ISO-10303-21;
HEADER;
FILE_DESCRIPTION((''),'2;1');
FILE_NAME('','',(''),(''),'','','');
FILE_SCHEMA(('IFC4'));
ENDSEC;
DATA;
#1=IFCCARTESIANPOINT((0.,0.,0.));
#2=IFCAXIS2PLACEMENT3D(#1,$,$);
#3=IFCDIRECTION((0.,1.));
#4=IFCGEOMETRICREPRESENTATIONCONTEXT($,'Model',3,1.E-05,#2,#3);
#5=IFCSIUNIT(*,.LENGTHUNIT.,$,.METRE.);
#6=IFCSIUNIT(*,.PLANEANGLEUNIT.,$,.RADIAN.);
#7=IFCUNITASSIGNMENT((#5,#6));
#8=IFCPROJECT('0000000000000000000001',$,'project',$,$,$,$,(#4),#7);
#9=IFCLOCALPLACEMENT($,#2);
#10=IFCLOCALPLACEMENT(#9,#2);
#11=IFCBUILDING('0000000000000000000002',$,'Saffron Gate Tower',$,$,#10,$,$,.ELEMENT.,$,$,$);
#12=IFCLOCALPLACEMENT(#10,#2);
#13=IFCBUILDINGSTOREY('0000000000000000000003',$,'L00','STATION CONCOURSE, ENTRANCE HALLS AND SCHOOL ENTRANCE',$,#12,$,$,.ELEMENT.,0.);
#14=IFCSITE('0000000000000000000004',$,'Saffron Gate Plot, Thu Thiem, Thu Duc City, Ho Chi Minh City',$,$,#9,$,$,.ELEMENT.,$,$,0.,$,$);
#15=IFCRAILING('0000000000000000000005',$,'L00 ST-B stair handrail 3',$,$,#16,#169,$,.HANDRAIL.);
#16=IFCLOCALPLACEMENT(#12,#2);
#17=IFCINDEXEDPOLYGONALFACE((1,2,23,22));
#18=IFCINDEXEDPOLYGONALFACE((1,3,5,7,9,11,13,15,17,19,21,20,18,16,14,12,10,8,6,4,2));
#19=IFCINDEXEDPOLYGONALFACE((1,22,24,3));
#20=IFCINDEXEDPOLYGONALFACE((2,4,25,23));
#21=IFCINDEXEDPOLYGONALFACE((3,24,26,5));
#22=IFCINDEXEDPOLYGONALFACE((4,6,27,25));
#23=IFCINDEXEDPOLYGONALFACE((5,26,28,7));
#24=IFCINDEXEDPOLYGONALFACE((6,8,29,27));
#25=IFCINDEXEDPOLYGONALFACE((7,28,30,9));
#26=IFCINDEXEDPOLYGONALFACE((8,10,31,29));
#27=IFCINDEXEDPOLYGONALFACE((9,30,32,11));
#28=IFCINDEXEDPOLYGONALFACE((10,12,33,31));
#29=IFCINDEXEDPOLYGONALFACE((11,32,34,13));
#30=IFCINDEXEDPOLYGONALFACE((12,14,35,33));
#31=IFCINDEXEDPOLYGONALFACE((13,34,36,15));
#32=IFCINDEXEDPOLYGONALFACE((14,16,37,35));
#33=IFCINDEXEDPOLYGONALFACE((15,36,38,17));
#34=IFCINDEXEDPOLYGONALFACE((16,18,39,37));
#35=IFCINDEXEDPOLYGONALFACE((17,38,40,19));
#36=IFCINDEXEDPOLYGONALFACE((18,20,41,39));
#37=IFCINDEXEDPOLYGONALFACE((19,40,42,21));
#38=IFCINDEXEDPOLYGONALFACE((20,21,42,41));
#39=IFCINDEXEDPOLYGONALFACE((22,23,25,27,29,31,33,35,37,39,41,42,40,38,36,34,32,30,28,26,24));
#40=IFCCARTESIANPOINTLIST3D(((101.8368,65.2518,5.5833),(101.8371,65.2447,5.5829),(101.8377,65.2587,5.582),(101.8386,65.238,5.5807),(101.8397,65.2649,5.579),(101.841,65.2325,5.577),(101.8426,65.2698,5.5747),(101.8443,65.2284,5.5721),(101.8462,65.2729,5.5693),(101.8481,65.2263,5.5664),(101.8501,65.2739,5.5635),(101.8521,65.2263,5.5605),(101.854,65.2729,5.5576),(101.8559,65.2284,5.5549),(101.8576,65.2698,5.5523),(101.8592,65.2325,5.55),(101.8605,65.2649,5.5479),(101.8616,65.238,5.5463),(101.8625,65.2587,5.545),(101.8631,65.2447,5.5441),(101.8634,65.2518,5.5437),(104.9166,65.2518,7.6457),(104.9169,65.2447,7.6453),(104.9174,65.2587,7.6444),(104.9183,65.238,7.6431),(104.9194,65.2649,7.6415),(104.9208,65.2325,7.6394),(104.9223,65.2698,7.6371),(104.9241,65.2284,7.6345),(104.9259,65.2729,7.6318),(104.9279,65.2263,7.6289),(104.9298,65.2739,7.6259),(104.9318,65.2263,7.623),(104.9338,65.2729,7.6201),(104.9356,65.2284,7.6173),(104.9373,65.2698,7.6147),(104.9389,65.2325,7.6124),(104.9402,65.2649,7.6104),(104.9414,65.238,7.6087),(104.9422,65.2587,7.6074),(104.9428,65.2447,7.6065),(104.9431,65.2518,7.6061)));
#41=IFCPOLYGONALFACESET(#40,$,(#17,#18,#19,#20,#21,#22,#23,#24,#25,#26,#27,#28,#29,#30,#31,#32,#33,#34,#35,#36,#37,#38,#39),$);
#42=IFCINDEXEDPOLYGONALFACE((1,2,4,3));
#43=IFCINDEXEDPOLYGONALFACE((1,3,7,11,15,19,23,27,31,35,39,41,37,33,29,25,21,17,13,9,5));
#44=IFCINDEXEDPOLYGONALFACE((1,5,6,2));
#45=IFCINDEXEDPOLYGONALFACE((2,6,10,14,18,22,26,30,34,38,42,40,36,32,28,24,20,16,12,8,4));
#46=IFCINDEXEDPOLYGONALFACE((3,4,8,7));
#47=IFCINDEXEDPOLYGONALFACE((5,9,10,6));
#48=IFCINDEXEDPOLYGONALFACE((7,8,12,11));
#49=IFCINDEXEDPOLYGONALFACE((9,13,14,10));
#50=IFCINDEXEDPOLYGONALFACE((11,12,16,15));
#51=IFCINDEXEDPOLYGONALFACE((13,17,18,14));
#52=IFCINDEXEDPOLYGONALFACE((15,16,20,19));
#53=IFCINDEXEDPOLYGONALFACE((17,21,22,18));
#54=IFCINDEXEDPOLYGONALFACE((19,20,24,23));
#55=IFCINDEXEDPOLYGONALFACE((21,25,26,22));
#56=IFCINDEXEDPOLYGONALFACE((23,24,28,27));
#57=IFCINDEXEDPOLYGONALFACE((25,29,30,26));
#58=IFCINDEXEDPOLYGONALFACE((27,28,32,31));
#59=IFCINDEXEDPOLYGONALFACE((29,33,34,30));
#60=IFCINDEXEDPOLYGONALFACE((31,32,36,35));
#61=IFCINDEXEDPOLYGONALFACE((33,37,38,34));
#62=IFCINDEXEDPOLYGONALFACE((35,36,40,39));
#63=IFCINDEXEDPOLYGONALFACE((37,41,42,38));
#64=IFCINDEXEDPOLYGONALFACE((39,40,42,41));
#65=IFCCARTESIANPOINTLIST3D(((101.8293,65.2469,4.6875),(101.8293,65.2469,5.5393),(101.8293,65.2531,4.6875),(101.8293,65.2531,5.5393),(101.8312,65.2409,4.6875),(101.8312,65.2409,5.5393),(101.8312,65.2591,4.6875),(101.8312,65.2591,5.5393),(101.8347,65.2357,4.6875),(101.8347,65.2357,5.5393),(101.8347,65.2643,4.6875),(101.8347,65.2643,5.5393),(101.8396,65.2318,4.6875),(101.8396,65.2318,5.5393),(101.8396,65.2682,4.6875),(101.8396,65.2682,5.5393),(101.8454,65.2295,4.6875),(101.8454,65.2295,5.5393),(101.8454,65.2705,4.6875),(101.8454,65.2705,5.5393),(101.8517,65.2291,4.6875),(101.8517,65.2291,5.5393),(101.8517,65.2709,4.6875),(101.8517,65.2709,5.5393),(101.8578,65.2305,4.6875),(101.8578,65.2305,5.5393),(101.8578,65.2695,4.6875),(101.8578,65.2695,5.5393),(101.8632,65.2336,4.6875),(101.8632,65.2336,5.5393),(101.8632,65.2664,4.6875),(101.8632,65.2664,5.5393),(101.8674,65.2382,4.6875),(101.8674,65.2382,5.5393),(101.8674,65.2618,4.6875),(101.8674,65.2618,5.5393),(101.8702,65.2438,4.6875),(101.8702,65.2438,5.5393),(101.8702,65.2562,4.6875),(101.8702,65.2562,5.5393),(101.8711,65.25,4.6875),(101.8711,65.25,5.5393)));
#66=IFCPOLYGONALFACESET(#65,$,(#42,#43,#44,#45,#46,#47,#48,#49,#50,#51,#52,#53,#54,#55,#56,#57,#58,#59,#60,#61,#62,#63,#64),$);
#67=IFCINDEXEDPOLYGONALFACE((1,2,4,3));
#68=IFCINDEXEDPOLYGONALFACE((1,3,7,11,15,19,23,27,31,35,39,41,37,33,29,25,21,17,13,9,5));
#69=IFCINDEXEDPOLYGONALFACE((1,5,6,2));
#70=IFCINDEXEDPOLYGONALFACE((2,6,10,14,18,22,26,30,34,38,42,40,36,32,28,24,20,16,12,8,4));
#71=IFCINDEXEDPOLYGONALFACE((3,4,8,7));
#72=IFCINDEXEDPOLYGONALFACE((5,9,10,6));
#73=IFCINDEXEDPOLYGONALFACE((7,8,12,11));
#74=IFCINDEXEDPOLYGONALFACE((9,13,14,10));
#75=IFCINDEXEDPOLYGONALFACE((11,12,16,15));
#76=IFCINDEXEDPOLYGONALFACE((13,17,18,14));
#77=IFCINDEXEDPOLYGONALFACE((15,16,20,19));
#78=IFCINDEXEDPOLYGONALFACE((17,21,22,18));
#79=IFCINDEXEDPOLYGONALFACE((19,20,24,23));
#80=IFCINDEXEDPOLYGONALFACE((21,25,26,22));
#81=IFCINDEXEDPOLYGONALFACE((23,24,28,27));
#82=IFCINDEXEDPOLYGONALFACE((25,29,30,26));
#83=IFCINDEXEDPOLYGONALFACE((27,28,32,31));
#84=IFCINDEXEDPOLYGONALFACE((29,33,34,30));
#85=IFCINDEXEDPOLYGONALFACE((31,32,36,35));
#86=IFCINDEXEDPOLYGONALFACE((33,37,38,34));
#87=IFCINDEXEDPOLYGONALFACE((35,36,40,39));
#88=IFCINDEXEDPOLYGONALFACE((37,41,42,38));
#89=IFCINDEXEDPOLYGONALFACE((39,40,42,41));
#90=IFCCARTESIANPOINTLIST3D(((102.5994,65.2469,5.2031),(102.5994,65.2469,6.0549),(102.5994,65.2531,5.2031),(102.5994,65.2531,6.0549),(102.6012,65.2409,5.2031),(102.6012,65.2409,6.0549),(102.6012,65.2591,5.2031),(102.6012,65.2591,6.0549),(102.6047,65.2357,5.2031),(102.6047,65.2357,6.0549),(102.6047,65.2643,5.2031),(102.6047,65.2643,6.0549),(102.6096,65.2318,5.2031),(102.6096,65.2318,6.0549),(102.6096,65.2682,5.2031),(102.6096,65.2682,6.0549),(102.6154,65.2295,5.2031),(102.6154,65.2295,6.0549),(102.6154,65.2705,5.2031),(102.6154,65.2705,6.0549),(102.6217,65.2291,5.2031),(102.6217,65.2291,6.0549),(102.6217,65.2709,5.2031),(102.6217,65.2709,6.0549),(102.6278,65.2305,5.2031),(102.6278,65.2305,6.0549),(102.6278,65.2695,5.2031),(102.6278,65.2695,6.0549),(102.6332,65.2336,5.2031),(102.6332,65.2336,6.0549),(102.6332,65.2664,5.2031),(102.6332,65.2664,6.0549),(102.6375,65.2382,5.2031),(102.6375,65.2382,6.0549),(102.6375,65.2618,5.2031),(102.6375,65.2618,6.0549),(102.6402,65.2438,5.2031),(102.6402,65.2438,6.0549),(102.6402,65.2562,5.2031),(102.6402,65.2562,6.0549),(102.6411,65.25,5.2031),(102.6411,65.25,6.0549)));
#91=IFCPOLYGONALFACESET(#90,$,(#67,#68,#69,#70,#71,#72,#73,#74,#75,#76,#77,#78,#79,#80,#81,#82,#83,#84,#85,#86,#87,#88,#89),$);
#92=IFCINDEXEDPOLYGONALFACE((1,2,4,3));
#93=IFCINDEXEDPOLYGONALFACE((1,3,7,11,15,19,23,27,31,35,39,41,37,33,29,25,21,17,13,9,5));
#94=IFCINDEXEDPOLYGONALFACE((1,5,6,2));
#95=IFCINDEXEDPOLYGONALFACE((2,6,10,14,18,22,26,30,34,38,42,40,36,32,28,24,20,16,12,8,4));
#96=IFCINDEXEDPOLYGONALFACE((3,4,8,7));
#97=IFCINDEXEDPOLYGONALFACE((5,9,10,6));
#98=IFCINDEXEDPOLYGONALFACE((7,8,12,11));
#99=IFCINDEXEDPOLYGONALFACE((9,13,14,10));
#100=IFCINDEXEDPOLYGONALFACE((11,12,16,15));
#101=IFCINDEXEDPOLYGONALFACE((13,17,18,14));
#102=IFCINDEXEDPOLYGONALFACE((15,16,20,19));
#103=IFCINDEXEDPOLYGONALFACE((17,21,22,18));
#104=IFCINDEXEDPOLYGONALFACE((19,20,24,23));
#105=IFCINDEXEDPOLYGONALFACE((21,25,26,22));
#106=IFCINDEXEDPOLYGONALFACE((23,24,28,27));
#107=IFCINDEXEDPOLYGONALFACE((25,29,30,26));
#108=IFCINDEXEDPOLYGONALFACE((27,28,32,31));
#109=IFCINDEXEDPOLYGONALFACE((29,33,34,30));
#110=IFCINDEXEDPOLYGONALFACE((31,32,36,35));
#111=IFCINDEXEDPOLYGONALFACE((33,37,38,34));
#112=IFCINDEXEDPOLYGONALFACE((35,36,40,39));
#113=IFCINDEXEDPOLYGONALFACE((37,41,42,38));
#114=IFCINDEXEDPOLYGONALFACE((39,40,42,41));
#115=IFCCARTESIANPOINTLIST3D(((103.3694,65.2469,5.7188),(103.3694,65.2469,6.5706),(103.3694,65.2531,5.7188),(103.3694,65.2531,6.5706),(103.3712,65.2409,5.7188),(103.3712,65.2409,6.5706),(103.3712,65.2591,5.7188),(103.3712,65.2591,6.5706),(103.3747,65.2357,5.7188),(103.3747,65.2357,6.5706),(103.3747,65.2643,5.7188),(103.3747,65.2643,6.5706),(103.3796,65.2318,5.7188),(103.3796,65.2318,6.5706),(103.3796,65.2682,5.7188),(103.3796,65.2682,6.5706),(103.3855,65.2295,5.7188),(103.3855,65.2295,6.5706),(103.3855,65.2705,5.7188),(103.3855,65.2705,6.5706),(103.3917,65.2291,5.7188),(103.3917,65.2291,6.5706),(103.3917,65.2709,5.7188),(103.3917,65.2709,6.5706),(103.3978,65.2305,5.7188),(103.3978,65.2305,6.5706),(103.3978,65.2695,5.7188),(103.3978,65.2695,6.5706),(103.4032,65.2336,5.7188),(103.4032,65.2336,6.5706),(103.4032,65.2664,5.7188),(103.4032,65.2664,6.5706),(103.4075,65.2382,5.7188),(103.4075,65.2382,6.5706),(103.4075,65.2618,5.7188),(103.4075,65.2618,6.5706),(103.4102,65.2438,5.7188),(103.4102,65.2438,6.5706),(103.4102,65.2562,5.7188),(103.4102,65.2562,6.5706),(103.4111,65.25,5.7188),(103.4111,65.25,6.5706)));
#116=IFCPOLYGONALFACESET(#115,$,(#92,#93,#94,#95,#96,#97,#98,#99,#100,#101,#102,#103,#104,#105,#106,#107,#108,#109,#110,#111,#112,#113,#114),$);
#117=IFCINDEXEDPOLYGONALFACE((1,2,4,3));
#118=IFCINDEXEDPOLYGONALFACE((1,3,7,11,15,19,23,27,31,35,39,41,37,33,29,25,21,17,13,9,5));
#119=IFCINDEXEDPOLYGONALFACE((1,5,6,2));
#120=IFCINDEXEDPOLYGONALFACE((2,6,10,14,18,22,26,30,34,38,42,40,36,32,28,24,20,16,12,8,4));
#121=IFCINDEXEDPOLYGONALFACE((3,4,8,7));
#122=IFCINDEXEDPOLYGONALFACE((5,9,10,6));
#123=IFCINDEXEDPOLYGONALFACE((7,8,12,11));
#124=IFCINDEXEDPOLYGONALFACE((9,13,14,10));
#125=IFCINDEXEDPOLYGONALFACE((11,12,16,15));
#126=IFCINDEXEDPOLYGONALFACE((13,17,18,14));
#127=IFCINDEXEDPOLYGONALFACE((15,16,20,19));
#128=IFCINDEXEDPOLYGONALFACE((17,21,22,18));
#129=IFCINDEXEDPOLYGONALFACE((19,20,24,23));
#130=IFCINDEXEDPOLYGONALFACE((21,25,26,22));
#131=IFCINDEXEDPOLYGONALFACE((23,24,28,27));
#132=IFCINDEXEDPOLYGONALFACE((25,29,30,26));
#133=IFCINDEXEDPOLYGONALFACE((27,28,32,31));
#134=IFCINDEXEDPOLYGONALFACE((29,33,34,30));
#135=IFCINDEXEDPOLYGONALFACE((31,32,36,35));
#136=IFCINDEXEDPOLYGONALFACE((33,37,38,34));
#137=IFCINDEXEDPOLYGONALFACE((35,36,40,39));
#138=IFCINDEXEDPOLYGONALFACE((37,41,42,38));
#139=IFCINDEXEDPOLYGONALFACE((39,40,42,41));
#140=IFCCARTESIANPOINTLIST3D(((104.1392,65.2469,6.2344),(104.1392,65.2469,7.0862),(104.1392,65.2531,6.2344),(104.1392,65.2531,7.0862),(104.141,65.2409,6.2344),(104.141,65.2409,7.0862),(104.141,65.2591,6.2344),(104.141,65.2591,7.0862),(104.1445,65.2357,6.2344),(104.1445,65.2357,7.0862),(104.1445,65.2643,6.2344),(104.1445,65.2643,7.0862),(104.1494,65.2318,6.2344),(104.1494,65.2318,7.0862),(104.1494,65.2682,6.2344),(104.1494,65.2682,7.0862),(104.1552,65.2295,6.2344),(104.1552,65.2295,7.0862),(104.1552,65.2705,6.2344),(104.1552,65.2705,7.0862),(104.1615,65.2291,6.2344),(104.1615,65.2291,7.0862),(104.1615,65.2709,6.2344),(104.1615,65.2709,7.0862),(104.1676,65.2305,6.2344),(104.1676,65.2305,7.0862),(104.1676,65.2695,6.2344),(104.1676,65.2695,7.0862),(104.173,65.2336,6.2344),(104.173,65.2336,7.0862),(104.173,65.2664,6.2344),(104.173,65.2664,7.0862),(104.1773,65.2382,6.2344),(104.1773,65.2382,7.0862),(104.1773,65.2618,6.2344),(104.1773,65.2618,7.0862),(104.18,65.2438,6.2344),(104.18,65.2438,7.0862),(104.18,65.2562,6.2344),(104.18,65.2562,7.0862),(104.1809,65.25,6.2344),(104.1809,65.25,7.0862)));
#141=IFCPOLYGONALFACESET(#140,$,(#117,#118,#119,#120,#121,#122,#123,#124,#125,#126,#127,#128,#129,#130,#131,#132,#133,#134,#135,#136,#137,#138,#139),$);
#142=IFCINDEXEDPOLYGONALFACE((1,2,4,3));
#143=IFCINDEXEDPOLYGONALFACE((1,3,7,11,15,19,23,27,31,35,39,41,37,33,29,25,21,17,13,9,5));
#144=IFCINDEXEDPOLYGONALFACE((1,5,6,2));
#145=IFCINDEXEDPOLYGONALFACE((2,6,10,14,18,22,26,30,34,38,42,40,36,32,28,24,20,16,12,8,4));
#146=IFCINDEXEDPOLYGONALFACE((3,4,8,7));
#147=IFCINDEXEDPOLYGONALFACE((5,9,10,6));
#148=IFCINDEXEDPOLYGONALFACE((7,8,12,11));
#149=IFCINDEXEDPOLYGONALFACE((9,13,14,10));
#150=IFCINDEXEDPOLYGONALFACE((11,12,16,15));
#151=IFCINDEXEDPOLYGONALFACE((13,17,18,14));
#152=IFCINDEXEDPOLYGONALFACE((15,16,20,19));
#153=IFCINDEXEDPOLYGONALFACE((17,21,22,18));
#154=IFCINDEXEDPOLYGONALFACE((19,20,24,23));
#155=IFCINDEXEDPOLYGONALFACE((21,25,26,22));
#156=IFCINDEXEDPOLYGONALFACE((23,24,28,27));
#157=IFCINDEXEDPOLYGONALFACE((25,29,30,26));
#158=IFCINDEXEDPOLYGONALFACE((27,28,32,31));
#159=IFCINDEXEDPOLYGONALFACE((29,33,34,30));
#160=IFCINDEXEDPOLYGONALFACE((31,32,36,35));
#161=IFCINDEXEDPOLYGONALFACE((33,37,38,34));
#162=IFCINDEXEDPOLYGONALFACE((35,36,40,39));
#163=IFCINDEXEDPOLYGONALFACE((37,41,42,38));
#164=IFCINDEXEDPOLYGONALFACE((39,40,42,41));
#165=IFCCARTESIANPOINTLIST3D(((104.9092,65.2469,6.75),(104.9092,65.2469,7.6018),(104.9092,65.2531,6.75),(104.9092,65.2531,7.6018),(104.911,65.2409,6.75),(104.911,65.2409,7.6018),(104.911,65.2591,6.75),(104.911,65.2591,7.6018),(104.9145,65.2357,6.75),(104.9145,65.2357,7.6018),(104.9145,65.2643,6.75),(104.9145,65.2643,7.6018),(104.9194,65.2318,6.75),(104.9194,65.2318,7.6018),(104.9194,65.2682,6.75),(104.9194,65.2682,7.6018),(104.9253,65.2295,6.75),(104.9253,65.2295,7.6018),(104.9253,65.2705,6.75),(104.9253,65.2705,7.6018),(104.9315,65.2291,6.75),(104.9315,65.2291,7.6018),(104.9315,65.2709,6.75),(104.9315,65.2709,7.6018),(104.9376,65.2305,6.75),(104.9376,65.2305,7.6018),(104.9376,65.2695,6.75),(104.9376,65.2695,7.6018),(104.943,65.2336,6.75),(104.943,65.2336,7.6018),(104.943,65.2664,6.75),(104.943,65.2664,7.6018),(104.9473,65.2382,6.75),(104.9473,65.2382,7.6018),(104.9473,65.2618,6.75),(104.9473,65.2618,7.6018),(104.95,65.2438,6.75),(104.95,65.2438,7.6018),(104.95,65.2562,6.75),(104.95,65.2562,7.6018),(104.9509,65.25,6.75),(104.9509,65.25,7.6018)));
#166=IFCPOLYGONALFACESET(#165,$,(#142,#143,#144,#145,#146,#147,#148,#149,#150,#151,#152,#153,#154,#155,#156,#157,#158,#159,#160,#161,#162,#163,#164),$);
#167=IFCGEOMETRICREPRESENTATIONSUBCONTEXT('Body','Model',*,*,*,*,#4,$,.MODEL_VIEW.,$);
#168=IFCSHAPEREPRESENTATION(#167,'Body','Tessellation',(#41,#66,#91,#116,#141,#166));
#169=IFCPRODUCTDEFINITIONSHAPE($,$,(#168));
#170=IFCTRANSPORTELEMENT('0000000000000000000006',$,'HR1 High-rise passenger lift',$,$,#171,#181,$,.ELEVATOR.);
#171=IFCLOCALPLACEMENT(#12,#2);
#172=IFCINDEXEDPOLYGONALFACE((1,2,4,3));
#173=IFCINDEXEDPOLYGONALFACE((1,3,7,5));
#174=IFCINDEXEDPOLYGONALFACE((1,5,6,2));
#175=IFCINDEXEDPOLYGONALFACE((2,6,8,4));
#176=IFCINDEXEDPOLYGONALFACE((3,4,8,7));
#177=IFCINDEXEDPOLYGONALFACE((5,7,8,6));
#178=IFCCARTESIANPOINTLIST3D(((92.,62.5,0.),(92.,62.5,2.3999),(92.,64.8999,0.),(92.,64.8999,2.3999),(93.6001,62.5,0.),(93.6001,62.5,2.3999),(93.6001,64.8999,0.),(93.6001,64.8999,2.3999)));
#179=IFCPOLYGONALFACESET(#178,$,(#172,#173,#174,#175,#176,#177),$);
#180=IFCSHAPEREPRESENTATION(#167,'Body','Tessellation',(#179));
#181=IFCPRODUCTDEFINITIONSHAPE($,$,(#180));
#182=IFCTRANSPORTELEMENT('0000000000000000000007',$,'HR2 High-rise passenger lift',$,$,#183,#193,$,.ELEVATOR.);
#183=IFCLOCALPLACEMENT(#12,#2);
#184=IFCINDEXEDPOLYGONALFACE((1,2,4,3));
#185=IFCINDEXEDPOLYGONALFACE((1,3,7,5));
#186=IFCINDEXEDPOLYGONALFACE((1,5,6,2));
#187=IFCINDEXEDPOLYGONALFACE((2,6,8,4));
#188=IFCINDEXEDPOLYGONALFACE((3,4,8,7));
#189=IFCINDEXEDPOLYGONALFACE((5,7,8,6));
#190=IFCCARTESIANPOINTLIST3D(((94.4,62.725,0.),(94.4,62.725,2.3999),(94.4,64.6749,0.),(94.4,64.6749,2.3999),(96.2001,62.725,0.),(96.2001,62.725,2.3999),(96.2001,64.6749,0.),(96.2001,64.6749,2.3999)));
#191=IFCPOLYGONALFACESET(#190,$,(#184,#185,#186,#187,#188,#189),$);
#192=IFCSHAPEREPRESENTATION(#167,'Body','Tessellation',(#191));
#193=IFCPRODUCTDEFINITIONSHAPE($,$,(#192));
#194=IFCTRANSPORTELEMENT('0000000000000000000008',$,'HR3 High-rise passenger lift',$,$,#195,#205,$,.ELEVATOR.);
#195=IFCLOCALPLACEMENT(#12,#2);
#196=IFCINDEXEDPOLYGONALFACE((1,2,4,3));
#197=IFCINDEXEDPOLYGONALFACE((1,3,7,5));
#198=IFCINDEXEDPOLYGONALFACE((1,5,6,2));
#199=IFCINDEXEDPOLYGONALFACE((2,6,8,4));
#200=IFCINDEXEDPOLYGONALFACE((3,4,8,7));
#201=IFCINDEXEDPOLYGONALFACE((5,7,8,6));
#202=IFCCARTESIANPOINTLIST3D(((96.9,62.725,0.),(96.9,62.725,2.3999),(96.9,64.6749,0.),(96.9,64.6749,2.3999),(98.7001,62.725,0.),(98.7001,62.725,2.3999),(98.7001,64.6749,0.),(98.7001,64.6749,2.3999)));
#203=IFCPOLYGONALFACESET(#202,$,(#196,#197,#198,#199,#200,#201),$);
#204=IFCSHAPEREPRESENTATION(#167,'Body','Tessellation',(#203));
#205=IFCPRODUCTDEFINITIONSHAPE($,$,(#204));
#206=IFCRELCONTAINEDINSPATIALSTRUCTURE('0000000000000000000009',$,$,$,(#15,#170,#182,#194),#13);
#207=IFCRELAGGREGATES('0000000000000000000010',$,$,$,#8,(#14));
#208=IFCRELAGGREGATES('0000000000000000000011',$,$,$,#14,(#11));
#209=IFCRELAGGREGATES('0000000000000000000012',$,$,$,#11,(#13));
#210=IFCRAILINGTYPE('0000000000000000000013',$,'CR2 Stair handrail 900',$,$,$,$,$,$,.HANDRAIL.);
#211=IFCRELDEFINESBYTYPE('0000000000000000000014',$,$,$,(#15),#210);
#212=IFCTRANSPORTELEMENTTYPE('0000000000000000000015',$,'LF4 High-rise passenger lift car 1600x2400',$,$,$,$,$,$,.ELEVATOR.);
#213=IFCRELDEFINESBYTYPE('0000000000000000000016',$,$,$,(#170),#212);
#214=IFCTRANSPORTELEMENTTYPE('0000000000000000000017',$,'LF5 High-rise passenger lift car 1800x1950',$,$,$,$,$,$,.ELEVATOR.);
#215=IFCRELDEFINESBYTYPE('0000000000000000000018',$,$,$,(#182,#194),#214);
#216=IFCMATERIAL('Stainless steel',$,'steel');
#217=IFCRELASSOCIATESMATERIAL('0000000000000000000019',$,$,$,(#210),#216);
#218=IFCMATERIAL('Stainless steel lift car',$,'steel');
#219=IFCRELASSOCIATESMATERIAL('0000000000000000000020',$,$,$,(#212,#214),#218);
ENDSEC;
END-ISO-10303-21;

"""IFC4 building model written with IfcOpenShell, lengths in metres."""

from ifc_helpers import new_model, si_unit, direction, frame, origin, origin_2d, place, context, subcontext, project, spatial, rectangle, circle, extrude, material, type_object, element, save


model = new_model("IFC4")

# Units and contexts
model_context = context("Model", 3, precision=1e-05, world=origin(), true_north=direction((0.0, 1.0)))
body_context = subcontext(model_context, "Body", "Model", "MODEL_VIEW")
ifc_project = project(units=[si_unit("LENGTHUNIT", "METRE"), si_unit("PLANEANGLEUNIT", "RADIAN")], contexts=[model_context])

# Site, building, storey
site_placement = place(None, origin())
site = spatial("IfcSite", under=ifc_project, at=site_placement, Name="Saffron Gate Plot, Thu Thiem, Thu Duc City, Ho Chi Minh City", CompositionType="ELEMENT", RefElevation=0.0)
building_placement = place(site_placement, origin())
building = spatial("IfcBuilding", under=site, at=building_placement, Name="Saffron Gate Tower", CompositionType="ELEMENT")
storey_placement = place(building_placement, origin())
storey = spatial("IfcBuildingStorey", under=building, at=storey_placement, Name="L00", Description="STATION CONCOURSE, ENTRANCE HALLS AND SCHOOL ENTRANCE", CompositionType="ELEMENT", Elevation=0.0)

# Railing
ifc_material_1 = material(Name="Stainless steel", Category="steel")
railing_type_1 = type_object("IfcRailingType", Name="CR2 Stair handrail 900", PredefinedType="HANDRAIL", material=ifc_material_1)
for number, where, name in (
    (1, (101.8501, 65.25, 4.6875), "L00 ST-B stair handrail 3"),
):
    element("IfcRailing", number, at=place(storey_placement, frame(where)), inside=storey, type_object=railing_type_1, Name=name, PredefinedType="HANDRAIL", context=body_context, shape_type="SweptSolid", body=[
        extrude(circle(Radius=0.0239, at=origin_2d()), frame((0.0, 0.0, 0.876), z_axis=(0.830893, 0.0, 0.556432), x_axis=(0.0, 1.0, 0.0)), (0.0, 0.0, 1.0), 3.7065),
        extrude(circle(Radius=0.021, at=origin_2d()), origin(), (0.0, 0.0, 1.0), 0.8518),
        extrude(circle(Radius=0.021, at=origin_2d()), frame((0.77, 0.0, 0.5156)), (0.0, 0.0, 1.0), 0.8518),
        extrude(circle(Radius=0.021, at=origin_2d()), frame((1.54, 0.0, 1.0312)), (0.0, 0.0, 1.0), 0.8518),
        extrude(circle(Radius=0.021, at=origin_2d()), frame((2.3098, 0.0, 1.5469)), (0.0, 0.0, 1.0), 0.8518),
        extrude(circle(Radius=0.021, at=origin_2d()), frame((3.0798, 0.0, 2.0625)), (0.0, 0.0, 1.0), 0.8518),
    ])

# Transport elements
ifc_material_2 = material(Name="Stainless steel lift car", Category="steel")
transport_element_type_1 = type_object("IfcTransportElementType", Name="LF4 High-rise passenger lift car 1600x2400", PredefinedType="ELEVATOR", material=ifc_material_2)
transport_element_placement = place(storey_placement, frame((92.8, 63.7, 0.0), z_axis=(0.0, 0.0, 1.0), x_axis=(1.0, 0.0, 0.0)))
element("IfcTransportElement", 2, at=transport_element_placement, inside=storey, type_object=transport_element_type_1, Name="HR1 High-rise passenger lift", PredefinedType="ELEVATOR", context=body_context, shape_type="SweptSolid", body=[
    extrude(rectangle(XDim=1.6001, YDim=2.3999, at=origin_2d()), origin(), (0.0, 0.0, 1.0), 2.3999),
])
transport_element_type_2 = type_object("IfcTransportElementType", Name="LF5 High-rise passenger lift car 1800x1950", PredefinedType="ELEVATOR", material=ifc_material_2)
for number, where, z_axis, x_axis, name in (
    (3, (95.3, 63.7, 0.0), (0.0, 0.0, 1.0), (1.0, 0.0, 0.0), "HR2 High-rise passenger lift"),
    (4, (97.8, 63.7, 0.0), (0.0, 0.0, 1.0), (1.0, 0.0, 0.0), "HR3 High-rise passenger lift"),
):
    element("IfcTransportElement", number, at=place(storey_placement, frame(where, z_axis=z_axis, x_axis=x_axis)), inside=storey, type_object=transport_element_type_2, Name=name, PredefinedType="ELEVATOR", context=body_context, shape_type="SweptSolid", body=[
        extrude(rectangle(XDim=1.8, YDim=1.95, at=origin_2d()), origin(), (0.0, 0.0, 1.0), 2.3999),
    ])

save(model, "model.ifc")
